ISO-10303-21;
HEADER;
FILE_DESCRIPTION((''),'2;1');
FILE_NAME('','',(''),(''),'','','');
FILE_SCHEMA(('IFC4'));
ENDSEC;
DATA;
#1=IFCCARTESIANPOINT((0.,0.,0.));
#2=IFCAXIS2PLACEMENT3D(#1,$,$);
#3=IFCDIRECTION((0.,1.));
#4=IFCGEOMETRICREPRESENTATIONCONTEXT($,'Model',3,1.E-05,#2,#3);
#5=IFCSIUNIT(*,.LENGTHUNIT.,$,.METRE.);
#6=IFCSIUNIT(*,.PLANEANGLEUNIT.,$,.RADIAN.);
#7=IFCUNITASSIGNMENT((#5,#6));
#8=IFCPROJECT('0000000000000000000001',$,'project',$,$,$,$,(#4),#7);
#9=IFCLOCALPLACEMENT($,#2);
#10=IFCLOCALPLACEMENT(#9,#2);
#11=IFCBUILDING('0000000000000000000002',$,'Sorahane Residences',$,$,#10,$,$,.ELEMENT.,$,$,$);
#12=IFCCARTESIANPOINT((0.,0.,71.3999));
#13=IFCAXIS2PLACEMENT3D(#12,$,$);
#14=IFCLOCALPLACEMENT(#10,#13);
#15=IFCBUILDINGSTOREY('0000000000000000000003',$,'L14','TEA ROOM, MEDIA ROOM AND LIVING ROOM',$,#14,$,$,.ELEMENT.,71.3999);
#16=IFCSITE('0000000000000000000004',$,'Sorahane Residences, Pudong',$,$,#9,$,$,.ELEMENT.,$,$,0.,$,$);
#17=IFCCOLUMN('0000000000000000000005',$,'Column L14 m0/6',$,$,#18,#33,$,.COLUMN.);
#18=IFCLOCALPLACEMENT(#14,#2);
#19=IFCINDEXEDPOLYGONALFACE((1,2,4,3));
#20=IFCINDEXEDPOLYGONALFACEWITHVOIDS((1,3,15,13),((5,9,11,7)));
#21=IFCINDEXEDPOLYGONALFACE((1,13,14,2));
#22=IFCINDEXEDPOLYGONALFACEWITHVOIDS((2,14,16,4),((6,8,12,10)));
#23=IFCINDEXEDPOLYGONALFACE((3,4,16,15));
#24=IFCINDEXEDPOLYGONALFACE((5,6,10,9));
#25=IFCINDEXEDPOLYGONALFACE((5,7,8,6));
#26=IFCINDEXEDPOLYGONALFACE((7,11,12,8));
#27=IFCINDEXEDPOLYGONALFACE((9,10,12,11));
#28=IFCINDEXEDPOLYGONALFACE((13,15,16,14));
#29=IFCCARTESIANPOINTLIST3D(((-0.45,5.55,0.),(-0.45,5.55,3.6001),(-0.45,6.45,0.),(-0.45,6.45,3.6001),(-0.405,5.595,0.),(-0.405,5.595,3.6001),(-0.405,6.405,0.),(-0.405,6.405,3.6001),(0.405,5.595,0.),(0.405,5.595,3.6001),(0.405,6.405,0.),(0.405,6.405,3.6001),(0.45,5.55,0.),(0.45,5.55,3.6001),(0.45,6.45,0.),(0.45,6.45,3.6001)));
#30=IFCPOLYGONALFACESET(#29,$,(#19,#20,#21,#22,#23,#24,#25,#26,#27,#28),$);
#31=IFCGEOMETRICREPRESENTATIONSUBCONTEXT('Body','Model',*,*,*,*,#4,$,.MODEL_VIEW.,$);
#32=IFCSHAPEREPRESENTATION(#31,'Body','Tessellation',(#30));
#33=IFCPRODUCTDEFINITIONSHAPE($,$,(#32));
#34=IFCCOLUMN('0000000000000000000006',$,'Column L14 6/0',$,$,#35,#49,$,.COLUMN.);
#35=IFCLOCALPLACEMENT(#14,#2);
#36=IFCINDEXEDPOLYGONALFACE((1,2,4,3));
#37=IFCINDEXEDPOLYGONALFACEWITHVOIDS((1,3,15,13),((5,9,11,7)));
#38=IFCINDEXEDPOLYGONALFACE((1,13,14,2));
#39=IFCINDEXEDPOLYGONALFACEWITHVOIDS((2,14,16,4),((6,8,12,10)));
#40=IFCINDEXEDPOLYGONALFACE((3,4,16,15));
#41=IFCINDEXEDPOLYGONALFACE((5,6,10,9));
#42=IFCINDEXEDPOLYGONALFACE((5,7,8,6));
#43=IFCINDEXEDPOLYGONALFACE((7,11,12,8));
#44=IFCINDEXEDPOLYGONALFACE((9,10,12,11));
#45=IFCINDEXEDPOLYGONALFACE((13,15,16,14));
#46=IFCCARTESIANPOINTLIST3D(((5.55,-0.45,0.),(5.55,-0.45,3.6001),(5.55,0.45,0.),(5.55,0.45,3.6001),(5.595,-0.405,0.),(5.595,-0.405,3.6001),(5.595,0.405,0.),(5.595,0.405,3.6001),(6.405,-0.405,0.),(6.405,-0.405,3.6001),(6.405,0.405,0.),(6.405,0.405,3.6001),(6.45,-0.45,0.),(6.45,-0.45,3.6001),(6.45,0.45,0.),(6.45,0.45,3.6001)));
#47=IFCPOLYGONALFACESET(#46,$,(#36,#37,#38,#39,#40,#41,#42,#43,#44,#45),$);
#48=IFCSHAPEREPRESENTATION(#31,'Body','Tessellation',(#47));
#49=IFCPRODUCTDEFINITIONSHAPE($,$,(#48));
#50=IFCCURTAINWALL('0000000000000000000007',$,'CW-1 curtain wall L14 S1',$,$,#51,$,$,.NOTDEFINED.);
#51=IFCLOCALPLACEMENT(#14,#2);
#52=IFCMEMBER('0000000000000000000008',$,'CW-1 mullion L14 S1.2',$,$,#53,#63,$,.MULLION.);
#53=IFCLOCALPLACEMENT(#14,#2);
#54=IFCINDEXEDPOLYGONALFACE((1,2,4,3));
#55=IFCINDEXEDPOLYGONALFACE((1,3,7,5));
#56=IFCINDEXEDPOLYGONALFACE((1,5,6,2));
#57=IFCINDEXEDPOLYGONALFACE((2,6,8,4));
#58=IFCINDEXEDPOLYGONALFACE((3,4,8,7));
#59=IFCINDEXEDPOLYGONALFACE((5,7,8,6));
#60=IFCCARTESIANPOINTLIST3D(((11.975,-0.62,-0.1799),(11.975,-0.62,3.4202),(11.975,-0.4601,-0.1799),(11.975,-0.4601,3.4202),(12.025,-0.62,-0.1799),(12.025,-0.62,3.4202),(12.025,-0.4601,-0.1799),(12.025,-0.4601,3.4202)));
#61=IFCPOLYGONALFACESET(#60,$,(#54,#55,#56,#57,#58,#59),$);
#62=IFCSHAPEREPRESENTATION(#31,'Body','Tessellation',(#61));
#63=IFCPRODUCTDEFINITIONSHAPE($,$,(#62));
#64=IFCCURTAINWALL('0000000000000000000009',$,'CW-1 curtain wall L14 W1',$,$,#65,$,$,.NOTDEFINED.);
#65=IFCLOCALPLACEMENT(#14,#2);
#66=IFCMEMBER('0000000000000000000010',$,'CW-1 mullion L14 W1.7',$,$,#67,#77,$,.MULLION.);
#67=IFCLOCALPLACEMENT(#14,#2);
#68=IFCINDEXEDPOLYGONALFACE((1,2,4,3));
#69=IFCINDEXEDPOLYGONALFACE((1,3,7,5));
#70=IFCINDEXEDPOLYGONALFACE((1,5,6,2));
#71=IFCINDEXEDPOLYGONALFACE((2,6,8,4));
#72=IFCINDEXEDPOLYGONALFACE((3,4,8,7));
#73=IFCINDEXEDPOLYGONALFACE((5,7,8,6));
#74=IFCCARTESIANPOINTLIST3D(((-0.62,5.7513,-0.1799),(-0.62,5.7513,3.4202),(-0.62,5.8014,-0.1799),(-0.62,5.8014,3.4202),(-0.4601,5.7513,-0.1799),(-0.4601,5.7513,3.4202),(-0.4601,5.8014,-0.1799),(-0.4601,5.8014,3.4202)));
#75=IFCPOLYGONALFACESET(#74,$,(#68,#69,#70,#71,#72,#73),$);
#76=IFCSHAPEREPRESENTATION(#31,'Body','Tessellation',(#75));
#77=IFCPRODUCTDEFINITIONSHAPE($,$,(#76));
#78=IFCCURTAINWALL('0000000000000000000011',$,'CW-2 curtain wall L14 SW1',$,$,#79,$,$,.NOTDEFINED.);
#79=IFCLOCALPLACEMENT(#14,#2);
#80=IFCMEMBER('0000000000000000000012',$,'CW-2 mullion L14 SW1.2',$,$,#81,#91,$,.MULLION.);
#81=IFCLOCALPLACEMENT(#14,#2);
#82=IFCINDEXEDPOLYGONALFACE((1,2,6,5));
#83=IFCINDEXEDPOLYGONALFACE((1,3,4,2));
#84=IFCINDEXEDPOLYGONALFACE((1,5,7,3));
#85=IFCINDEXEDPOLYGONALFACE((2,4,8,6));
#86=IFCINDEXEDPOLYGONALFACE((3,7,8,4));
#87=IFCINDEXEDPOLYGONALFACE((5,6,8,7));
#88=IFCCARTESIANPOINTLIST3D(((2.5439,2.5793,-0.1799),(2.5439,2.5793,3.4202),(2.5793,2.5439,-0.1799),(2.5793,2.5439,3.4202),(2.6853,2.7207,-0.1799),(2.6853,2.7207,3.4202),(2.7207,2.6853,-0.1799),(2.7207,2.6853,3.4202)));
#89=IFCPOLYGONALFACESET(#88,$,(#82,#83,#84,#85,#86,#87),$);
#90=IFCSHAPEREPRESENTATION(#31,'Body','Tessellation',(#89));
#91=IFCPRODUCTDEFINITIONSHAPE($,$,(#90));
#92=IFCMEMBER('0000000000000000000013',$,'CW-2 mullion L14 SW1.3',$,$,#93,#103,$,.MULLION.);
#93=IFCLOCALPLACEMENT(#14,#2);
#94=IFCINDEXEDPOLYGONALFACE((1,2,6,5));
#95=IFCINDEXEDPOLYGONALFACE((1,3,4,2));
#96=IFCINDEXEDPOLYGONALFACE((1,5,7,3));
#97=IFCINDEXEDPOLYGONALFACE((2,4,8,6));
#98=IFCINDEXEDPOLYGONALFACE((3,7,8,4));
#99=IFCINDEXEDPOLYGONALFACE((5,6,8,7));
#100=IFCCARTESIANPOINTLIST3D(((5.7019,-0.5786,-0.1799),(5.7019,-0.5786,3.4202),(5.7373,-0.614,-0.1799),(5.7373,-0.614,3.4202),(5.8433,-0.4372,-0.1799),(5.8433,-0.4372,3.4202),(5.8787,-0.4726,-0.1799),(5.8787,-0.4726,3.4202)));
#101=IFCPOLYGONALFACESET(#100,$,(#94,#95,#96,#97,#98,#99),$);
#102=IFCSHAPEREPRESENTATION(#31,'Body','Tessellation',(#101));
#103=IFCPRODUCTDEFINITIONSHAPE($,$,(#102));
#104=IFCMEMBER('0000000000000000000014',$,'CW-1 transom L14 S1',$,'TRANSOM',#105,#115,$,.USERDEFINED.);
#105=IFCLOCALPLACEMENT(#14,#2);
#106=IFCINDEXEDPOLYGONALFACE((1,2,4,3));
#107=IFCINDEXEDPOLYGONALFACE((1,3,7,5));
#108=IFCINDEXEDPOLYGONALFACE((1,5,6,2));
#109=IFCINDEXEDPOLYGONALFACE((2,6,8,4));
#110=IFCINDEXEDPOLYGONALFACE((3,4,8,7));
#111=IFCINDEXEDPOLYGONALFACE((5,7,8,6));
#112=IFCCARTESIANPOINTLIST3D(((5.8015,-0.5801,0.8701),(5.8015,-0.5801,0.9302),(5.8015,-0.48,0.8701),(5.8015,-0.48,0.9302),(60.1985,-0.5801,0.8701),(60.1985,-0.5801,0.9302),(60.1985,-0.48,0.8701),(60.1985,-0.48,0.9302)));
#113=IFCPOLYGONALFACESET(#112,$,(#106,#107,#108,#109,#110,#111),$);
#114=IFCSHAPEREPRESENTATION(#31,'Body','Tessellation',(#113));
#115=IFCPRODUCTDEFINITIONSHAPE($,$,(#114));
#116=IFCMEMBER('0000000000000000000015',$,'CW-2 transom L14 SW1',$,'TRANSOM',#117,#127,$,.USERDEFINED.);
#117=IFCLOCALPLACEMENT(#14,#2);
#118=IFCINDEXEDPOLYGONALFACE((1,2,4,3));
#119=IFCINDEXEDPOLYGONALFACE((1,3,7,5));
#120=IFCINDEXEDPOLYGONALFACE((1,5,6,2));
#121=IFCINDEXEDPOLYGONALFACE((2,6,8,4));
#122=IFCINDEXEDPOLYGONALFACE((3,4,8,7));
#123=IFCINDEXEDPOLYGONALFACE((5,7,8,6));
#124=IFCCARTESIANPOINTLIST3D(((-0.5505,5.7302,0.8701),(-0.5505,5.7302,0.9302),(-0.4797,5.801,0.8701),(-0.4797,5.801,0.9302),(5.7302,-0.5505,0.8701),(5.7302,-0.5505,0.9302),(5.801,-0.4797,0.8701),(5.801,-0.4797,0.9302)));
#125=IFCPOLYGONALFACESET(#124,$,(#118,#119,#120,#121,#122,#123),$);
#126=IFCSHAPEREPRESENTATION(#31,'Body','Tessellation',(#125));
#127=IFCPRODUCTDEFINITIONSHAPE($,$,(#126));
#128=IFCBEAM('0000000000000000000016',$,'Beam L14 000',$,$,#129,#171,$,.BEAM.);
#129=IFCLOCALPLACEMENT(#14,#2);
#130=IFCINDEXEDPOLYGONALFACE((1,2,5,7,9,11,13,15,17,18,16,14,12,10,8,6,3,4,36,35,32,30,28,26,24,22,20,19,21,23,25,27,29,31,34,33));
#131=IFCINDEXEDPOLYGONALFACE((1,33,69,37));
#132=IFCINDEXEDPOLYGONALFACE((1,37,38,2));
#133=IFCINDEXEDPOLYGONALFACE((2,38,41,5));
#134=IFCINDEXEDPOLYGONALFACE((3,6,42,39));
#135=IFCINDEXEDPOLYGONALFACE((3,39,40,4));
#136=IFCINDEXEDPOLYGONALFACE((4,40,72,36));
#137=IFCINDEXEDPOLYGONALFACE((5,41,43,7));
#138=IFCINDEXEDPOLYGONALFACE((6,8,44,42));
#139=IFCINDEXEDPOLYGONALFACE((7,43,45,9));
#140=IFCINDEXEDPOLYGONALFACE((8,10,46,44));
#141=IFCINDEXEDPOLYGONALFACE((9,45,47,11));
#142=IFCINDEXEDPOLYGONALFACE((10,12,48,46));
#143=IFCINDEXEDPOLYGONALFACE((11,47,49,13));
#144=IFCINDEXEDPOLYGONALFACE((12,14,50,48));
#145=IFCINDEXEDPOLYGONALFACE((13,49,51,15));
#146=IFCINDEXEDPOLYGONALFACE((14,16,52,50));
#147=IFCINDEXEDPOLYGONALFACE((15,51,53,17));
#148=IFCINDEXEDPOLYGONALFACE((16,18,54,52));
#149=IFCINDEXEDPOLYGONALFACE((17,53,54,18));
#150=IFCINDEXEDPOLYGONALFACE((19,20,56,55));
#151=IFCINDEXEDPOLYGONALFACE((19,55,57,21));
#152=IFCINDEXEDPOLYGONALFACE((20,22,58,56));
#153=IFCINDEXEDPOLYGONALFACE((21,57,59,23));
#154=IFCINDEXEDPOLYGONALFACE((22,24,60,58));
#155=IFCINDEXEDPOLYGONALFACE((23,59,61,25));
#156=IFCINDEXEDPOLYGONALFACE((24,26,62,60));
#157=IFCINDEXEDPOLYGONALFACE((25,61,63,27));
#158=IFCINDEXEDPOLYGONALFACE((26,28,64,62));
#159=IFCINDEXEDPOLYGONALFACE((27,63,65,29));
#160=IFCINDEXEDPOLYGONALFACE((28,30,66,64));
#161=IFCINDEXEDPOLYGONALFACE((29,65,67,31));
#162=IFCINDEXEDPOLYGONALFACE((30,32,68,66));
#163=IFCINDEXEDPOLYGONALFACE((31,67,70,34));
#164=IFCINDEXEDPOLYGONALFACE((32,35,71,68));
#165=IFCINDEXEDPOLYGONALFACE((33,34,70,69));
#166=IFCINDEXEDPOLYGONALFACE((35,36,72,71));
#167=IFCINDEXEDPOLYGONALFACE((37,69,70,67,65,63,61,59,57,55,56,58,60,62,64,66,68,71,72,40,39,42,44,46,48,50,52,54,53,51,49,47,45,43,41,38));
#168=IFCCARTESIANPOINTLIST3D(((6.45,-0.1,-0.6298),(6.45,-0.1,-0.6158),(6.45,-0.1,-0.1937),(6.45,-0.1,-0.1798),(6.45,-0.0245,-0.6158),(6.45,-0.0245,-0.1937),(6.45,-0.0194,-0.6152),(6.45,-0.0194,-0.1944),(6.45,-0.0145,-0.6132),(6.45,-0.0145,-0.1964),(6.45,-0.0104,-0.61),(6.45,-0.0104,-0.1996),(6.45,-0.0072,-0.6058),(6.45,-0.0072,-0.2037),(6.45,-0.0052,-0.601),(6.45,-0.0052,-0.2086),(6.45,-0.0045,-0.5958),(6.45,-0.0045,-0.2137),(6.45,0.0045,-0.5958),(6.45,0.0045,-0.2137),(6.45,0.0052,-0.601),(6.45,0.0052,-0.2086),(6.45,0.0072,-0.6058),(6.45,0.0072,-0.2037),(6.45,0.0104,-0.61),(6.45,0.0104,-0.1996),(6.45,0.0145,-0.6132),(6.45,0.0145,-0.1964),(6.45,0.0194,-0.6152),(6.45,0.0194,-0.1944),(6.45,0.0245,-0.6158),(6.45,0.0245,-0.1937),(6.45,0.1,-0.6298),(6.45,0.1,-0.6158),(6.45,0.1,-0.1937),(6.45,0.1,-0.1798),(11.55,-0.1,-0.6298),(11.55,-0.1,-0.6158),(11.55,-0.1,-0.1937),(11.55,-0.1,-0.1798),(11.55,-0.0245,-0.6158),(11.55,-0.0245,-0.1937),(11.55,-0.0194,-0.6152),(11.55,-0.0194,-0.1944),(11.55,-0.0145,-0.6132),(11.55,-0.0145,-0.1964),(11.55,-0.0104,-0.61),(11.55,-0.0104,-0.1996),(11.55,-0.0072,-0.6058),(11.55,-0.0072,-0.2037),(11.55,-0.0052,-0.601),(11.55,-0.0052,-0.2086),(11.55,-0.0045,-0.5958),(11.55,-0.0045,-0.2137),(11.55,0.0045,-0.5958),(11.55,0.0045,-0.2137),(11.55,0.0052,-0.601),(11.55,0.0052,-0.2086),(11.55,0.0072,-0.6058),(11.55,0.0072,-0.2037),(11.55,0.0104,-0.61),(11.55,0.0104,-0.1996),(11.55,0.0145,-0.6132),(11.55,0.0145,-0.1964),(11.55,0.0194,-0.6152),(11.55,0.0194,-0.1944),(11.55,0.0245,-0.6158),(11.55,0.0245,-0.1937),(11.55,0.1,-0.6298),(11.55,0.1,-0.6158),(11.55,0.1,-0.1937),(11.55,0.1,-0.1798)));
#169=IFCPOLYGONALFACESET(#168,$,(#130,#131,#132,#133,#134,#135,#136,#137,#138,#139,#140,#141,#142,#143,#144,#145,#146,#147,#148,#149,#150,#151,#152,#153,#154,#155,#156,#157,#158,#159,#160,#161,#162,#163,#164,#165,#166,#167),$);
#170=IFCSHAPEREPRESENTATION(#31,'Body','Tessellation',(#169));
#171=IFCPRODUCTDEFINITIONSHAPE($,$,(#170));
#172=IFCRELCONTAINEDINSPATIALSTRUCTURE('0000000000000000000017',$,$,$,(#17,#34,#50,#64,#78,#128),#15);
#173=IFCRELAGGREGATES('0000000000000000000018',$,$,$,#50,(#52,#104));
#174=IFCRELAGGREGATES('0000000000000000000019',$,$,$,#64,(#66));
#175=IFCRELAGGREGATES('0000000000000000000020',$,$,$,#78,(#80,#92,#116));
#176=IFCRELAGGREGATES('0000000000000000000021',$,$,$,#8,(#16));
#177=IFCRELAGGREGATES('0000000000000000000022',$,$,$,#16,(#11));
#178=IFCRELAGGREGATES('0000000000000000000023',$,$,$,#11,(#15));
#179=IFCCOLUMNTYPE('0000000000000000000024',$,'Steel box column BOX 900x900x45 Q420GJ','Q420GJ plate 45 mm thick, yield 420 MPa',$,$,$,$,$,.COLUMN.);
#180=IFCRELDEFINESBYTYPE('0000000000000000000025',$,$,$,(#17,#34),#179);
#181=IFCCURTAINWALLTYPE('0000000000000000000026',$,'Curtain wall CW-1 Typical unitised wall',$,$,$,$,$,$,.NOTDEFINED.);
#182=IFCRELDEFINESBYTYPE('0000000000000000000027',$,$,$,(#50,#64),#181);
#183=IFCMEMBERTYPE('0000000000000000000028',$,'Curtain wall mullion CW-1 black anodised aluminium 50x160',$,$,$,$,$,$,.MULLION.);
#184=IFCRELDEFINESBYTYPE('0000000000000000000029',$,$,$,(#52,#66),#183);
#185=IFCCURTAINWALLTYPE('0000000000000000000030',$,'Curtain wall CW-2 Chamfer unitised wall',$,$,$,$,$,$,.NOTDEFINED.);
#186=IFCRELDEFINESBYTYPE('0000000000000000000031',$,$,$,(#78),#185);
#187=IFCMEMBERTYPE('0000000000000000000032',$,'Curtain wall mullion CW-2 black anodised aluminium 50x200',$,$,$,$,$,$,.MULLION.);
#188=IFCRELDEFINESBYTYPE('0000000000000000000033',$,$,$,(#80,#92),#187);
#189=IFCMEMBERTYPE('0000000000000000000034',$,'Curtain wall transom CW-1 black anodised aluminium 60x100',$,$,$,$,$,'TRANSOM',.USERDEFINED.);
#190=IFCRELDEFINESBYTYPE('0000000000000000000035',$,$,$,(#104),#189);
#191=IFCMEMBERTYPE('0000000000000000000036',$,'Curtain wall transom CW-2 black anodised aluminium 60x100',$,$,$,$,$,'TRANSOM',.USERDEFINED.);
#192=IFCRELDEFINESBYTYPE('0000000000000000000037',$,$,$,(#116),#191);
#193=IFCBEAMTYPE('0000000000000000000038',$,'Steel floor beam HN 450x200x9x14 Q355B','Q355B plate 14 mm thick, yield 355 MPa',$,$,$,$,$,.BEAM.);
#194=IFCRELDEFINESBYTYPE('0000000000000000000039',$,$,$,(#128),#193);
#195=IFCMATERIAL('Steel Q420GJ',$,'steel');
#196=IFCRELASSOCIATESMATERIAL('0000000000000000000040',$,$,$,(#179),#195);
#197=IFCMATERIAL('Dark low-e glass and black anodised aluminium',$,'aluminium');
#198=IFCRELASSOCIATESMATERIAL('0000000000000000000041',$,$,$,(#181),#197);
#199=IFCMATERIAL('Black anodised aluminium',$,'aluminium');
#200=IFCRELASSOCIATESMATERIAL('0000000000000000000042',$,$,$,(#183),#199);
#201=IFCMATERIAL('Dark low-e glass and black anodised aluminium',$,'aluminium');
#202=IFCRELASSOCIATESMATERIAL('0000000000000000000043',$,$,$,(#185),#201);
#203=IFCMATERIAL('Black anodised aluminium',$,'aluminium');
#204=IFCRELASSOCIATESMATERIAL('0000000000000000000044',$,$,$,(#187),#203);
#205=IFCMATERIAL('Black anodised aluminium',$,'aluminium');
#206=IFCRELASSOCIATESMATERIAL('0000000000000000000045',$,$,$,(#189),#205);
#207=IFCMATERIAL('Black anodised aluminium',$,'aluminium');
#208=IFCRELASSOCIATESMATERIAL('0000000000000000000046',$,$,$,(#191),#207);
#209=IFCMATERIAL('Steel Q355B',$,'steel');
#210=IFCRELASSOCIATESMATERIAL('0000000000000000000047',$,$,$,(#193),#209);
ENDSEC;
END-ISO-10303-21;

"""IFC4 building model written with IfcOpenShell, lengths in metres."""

from ifc_helpers import new_model, si_unit, direction, frame, origin, origin_2d, place, context, subcontext, project, spatial, rectangle, hollow_rectangle, i_section, extrude, material, material_profile, profile_set, type_object, element, aggregate, save


model = new_model("IFC4")

# Units and contexts
model_context = context("Model", 3, precision=1e-05, world=origin(), true_north=direction((0.0, 1.0)))
body_context = subcontext(model_context, "Body", "Model", "MODEL_VIEW")
ifc_project = project(units=[si_unit("LENGTHUNIT", "METRE"), si_unit("PLANEANGLEUNIT", "RADIAN")], contexts=[model_context])

# Site, building, storey
site_placement = place(None, origin())
site = spatial("IfcSite", under=ifc_project, at=site_placement, Name="Sorahane Residences, Pudong", CompositionType="ELEMENT", RefElevation=0.0)
building_placement = place(site_placement, origin())
building = spatial("IfcBuilding", under=site, at=building_placement, Name="Sorahane Residences", CompositionType="ELEMENT")
storey_placement = place(building_placement, frame((0.0, 0.0, 71.3999)))
storey = spatial("IfcBuildingStorey", under=building, at=storey_placement, Name="L14", Description="TEA ROOM, MEDIA ROOM AND LIVING ROOM", CompositionType="ELEMENT", Elevation=71.3999)

# Columns
ifc_material_1 = material(Name="Steel Q420GJ", Category="steel")
ifc_material_profile_1 = material_profile(ifc_material_1, hollow_rectangle(XDim=0.8999, YDim=0.8999, WallThickness=0.0449, at=origin_2d()), Name="BOX 900x900x45")
ifc_profile_set_1 = profile_set([ifc_material_profile_1], Name="Steel Q420GJ")
column_type = type_object("IfcColumnType", Name="Steel box column BOX 900x900x45 Q420GJ", Description="Q420GJ plate 45 mm thick, yield 420 MPa", PredefinedType="COLUMN", material=ifc_profile_set_1)
for number, where, z_axis, x_axis, name in (
    (1, (0.0, 6.0, 0.0), (0.0, 0.0, 1.0), (1.0, 0.0, 0.0), "Column L14 m0/6"),
    (2, (6.0, 0.0, 0.0), (0.0, 0.0, 1.0), (1.0, 0.0, 0.0), "Column L14 6/0"),
):
    element("IfcColumn", number, at=place(storey_placement, frame(where, z_axis=z_axis, x_axis=x_axis)), inside=storey, type_object=column_type, Name=name, PredefinedType="COLUMN", context=body_context, shape_type="SweptSolid", body=[
        extrude(hollow_rectangle(XDim=0.8999, YDim=0.8999, WallThickness=0.0449, at=origin_2d()), origin(), (0.0, 0.0, 1.0), 3.6001),
    ])

# Curtain walls, members
ifc_material_2 = material(Name="Dark low-e glass and black anodised aluminium", Category="aluminium")
curtain_wall_type_1 = type_object("IfcCurtainWallType", Name="Curtain wall CW-1 Typical unitised wall", PredefinedType="NOTDEFINED", material=ifc_material_2)
curtain_wall_1_placement = place(storey_placement, origin())
curtain_wall_1 = element("IfcCurtainWall", 3, at=curtain_wall_1_placement, inside=storey, type_object=curtain_wall_type_1, Name="CW-1 curtain wall L14 S1", PredefinedType="NOTDEFINED")
ifc_material_3 = material(Name="Black anodised aluminium", Category="aluminium")
ifc_material_profile_2 = material_profile(ifc_material_3, rectangle(XDim=0.1599, YDim=0.05, at=origin_2d()), Name="Curtain wall mullion CW-1 black anodised aluminium 50x160")
ifc_profile_set_2 = profile_set([ifc_material_profile_2], Name="Black anodised aluminium")
member_type_1 = type_object("IfcMemberType", Name="Curtain wall mullion CW-1 black anodised aluminium 50x160", PredefinedType="MULLION", material=ifc_profile_set_2)
member_1_placement = place(storey_placement, frame((12.0, -0.54, -0.1799), z_axis=(0.0, 0.0, 1.0), x_axis=(0.0, -1.0, 0.0)))
member_1 = element("IfcMember", 4, at=member_1_placement, type_object=member_type_1, Name="CW-1 mullion L14 S1.2", PredefinedType="MULLION", context=body_context, shape_type="SweptSolid", body=[
    extrude(rectangle(XDim=0.1599, YDim=0.05, at=origin_2d()), origin(), (0.0, 0.0, 1.0), 3.6001),
])
curtain_wall_2_placement = place(storey_placement, origin())
curtain_wall_2 = element("IfcCurtainWall", 5, at=curtain_wall_2_placement, inside=storey, type_object=curtain_wall_type_1, Name="CW-1 curtain wall L14 W1", PredefinedType="NOTDEFINED")
member_2_placement = place(storey_placement, frame((-0.54, 5.7764, -0.1799), z_axis=(0.0, 0.0, 1.0), x_axis=(-1.0, 0.0, 0.0)))
member_2 = element("IfcMember", 6, at=member_2_placement, type_object=member_type_1, Name="CW-1 mullion L14 W1.7", PredefinedType="MULLION", context=body_context, shape_type="SweptSolid", body=[
    extrude(rectangle(XDim=0.1599, YDim=0.05, at=origin_2d()), origin(), (0.0, 0.0, 1.0), 3.6001),
])

# Curtain wall, members
ifc_material_4 = material(Name="Dark low-e glass and black anodised aluminium", Category="aluminium")
curtain_wall_type_2 = type_object("IfcCurtainWallType", Name="Curtain wall CW-2 Chamfer unitised wall", PredefinedType="NOTDEFINED", material=ifc_material_4)
curtain_wall_3_placement = place(storey_placement, origin())
curtain_wall_3 = element("IfcCurtainWall", 7, at=curtain_wall_3_placement, inside=storey, type_object=curtain_wall_type_2, Name="CW-2 curtain wall L14 SW1", PredefinedType="NOTDEFINED")
ifc_material_5 = material(Name="Black anodised aluminium", Category="aluminium")
ifc_material_profile_3 = material_profile(ifc_material_5, rectangle(XDim=0.2, YDim=0.05, at=origin_2d()), Name="Curtain wall mullion CW-2 black anodised aluminium 50x200")
ifc_profile_set_3 = profile_set([ifc_material_profile_3], Name="Black anodised aluminium")
member_type_2 = type_object("IfcMemberType", Name="Curtain wall mullion CW-2 black anodised aluminium 50x200", PredefinedType="MULLION", material=ifc_profile_set_3)
member_3_placement = place(storey_placement, frame((2.6323, 2.6323, -0.1799), z_axis=(0.0, 0.0, 1.0), x_axis=(-0.707107, -0.707107, 0.0)))
member_3 = element("IfcMember", 8, at=member_3_placement, type_object=member_type_2, Name="CW-2 mullion L14 SW1.2", PredefinedType="MULLION", context=body_context, shape_type="SweptSolid", body=[
    extrude(rectangle(XDim=0.2, YDim=0.05, at=origin_2d()), origin(), (0.0, 0.0, 1.0), 3.6001),
])
member_4_placement = place(storey_placement, frame((5.7903, -0.5256, -0.1799), z_axis=(0.0, 0.0, 1.0), x_axis=(-0.707107, -0.707107, 0.0)))
member_4 = element("IfcMember", 9, at=member_4_placement, type_object=member_type_2, Name="CW-2 mullion L14 SW1.3", PredefinedType="MULLION", context=body_context, shape_type="SweptSolid", body=[
    extrude(rectangle(XDim=0.2, YDim=0.05, at=origin_2d()), origin(), (0.0, 0.0, 1.0), 3.6001),
])

# Members
ifc_material_6 = material(Name="Black anodised aluminium", Category="aluminium")
ifc_material_profile_4 = material_profile(ifc_material_6, rectangle(XDim=0.1001, YDim=0.0601, at=origin_2d()), Name="Curtain wall transom CW-1 black anodised aluminium 60x100")
ifc_profile_set_4 = profile_set([ifc_material_profile_4], Name="Black anodised aluminium")
member_type_3 = type_object("IfcMemberType", Name="Curtain wall transom CW-1 black anodised aluminium 60x100", ElementType="TRANSOM", PredefinedType="USERDEFINED", material=ifc_profile_set_4)
member_5_placement = place(storey_placement, frame((5.8015, -0.53, 0.9001), z_axis=(1.0, 0.0, 0.0), x_axis=(0.0, 1.0, 0.0)))
member_5 = element("IfcMember", 10, at=member_5_placement, type_object=member_type_3, Name="CW-1 transom L14 S1", ObjectType="TRANSOM", PredefinedType="USERDEFINED", context=body_context, shape_type="SweptSolid", body=[
    extrude(rectangle(XDim=0.1001, YDim=0.0601, at=origin_2d()), origin(), (0.0, 0.0, 1.0), 54.397),
])
ifc_material_7 = material(Name="Black anodised aluminium", Category="aluminium")
ifc_material_profile_5 = material_profile(ifc_material_7, rectangle(XDim=0.1001, YDim=0.0601, at=origin_2d()), Name="Curtain wall transom CW-2 black anodised aluminium 60x100")
ifc_profile_set_5 = profile_set([ifc_material_profile_5], Name="Black anodised aluminium")
member_type_4 = type_object("IfcMemberType", Name="Curtain wall transom CW-2 black anodised aluminium 60x100", ElementType="TRANSOM", PredefinedType="USERDEFINED", material=ifc_profile_set_5)
member_6_placement = place(storey_placement, frame((-0.5151, 5.7656, 0.9001), z_axis=(0.707107, -0.707107, 0.0), x_axis=(0.707107, 0.707107, 0.0)))
member_6 = element("IfcMember", 11, at=member_6_placement, type_object=member_type_4, Name="CW-2 transom L14 SW1", ObjectType="TRANSOM", PredefinedType="USERDEFINED", context=body_context, shape_type="SweptSolid", body=[
    extrude(rectangle(XDim=0.1001, YDim=0.0601, at=origin_2d()), origin(), (0.0, 0.0, 1.0), 8.8823),
])

# Beam
ifc_material_8 = material(Name="Steel Q355B", Category="steel")
ifc_material_profile_6 = material_profile(ifc_material_8, i_section(OverallWidth=0.2, OverallDepth=0.45, WebThickness=0.009, FlangeThickness=0.0139, FilletRadius=0.02, at=origin_2d()), Name="HN 450x200x9x14")
ifc_profile_set_6 = profile_set([ifc_material_profile_6], Name="Steel Q355B")
beam_type_1 = type_object("IfcBeamType", Name="Steel floor beam HN 450x200x9x14 Q355B", Description="Q355B plate 14 mm thick, yield 355 MPa", PredefinedType="BEAM", material=ifc_profile_set_6)
for number, where, z_axis, x_axis, name in (
    (12, (6.45, 0.0, -0.4048), (1.0, 0.0, 0.0), (0.0, 1.0, 0.0), "Beam L14 000"),
):
    element("IfcBeam", number, at=place(storey_placement, frame(where, z_axis=z_axis, x_axis=x_axis)), inside=storey, type_object=beam_type_1, Name=name, PredefinedType="BEAM", context=body_context, shape_type="SweptSolid", body=[
        extrude(i_section(OverallWidth=0.2, OverallDepth=0.45, WebThickness=0.009, FlangeThickness=0.0139, FilletRadius=0.02, at=origin_2d()), origin(), (0.0, 0.0, 1.0), 5.1001),
    ])

aggregate(curtain_wall_1, [member_1, member_5])
aggregate(curtain_wall_2, [member_2])
aggregate(curtain_wall_3, [member_3, member_4, member_6])

save(model, "model.ifc")
